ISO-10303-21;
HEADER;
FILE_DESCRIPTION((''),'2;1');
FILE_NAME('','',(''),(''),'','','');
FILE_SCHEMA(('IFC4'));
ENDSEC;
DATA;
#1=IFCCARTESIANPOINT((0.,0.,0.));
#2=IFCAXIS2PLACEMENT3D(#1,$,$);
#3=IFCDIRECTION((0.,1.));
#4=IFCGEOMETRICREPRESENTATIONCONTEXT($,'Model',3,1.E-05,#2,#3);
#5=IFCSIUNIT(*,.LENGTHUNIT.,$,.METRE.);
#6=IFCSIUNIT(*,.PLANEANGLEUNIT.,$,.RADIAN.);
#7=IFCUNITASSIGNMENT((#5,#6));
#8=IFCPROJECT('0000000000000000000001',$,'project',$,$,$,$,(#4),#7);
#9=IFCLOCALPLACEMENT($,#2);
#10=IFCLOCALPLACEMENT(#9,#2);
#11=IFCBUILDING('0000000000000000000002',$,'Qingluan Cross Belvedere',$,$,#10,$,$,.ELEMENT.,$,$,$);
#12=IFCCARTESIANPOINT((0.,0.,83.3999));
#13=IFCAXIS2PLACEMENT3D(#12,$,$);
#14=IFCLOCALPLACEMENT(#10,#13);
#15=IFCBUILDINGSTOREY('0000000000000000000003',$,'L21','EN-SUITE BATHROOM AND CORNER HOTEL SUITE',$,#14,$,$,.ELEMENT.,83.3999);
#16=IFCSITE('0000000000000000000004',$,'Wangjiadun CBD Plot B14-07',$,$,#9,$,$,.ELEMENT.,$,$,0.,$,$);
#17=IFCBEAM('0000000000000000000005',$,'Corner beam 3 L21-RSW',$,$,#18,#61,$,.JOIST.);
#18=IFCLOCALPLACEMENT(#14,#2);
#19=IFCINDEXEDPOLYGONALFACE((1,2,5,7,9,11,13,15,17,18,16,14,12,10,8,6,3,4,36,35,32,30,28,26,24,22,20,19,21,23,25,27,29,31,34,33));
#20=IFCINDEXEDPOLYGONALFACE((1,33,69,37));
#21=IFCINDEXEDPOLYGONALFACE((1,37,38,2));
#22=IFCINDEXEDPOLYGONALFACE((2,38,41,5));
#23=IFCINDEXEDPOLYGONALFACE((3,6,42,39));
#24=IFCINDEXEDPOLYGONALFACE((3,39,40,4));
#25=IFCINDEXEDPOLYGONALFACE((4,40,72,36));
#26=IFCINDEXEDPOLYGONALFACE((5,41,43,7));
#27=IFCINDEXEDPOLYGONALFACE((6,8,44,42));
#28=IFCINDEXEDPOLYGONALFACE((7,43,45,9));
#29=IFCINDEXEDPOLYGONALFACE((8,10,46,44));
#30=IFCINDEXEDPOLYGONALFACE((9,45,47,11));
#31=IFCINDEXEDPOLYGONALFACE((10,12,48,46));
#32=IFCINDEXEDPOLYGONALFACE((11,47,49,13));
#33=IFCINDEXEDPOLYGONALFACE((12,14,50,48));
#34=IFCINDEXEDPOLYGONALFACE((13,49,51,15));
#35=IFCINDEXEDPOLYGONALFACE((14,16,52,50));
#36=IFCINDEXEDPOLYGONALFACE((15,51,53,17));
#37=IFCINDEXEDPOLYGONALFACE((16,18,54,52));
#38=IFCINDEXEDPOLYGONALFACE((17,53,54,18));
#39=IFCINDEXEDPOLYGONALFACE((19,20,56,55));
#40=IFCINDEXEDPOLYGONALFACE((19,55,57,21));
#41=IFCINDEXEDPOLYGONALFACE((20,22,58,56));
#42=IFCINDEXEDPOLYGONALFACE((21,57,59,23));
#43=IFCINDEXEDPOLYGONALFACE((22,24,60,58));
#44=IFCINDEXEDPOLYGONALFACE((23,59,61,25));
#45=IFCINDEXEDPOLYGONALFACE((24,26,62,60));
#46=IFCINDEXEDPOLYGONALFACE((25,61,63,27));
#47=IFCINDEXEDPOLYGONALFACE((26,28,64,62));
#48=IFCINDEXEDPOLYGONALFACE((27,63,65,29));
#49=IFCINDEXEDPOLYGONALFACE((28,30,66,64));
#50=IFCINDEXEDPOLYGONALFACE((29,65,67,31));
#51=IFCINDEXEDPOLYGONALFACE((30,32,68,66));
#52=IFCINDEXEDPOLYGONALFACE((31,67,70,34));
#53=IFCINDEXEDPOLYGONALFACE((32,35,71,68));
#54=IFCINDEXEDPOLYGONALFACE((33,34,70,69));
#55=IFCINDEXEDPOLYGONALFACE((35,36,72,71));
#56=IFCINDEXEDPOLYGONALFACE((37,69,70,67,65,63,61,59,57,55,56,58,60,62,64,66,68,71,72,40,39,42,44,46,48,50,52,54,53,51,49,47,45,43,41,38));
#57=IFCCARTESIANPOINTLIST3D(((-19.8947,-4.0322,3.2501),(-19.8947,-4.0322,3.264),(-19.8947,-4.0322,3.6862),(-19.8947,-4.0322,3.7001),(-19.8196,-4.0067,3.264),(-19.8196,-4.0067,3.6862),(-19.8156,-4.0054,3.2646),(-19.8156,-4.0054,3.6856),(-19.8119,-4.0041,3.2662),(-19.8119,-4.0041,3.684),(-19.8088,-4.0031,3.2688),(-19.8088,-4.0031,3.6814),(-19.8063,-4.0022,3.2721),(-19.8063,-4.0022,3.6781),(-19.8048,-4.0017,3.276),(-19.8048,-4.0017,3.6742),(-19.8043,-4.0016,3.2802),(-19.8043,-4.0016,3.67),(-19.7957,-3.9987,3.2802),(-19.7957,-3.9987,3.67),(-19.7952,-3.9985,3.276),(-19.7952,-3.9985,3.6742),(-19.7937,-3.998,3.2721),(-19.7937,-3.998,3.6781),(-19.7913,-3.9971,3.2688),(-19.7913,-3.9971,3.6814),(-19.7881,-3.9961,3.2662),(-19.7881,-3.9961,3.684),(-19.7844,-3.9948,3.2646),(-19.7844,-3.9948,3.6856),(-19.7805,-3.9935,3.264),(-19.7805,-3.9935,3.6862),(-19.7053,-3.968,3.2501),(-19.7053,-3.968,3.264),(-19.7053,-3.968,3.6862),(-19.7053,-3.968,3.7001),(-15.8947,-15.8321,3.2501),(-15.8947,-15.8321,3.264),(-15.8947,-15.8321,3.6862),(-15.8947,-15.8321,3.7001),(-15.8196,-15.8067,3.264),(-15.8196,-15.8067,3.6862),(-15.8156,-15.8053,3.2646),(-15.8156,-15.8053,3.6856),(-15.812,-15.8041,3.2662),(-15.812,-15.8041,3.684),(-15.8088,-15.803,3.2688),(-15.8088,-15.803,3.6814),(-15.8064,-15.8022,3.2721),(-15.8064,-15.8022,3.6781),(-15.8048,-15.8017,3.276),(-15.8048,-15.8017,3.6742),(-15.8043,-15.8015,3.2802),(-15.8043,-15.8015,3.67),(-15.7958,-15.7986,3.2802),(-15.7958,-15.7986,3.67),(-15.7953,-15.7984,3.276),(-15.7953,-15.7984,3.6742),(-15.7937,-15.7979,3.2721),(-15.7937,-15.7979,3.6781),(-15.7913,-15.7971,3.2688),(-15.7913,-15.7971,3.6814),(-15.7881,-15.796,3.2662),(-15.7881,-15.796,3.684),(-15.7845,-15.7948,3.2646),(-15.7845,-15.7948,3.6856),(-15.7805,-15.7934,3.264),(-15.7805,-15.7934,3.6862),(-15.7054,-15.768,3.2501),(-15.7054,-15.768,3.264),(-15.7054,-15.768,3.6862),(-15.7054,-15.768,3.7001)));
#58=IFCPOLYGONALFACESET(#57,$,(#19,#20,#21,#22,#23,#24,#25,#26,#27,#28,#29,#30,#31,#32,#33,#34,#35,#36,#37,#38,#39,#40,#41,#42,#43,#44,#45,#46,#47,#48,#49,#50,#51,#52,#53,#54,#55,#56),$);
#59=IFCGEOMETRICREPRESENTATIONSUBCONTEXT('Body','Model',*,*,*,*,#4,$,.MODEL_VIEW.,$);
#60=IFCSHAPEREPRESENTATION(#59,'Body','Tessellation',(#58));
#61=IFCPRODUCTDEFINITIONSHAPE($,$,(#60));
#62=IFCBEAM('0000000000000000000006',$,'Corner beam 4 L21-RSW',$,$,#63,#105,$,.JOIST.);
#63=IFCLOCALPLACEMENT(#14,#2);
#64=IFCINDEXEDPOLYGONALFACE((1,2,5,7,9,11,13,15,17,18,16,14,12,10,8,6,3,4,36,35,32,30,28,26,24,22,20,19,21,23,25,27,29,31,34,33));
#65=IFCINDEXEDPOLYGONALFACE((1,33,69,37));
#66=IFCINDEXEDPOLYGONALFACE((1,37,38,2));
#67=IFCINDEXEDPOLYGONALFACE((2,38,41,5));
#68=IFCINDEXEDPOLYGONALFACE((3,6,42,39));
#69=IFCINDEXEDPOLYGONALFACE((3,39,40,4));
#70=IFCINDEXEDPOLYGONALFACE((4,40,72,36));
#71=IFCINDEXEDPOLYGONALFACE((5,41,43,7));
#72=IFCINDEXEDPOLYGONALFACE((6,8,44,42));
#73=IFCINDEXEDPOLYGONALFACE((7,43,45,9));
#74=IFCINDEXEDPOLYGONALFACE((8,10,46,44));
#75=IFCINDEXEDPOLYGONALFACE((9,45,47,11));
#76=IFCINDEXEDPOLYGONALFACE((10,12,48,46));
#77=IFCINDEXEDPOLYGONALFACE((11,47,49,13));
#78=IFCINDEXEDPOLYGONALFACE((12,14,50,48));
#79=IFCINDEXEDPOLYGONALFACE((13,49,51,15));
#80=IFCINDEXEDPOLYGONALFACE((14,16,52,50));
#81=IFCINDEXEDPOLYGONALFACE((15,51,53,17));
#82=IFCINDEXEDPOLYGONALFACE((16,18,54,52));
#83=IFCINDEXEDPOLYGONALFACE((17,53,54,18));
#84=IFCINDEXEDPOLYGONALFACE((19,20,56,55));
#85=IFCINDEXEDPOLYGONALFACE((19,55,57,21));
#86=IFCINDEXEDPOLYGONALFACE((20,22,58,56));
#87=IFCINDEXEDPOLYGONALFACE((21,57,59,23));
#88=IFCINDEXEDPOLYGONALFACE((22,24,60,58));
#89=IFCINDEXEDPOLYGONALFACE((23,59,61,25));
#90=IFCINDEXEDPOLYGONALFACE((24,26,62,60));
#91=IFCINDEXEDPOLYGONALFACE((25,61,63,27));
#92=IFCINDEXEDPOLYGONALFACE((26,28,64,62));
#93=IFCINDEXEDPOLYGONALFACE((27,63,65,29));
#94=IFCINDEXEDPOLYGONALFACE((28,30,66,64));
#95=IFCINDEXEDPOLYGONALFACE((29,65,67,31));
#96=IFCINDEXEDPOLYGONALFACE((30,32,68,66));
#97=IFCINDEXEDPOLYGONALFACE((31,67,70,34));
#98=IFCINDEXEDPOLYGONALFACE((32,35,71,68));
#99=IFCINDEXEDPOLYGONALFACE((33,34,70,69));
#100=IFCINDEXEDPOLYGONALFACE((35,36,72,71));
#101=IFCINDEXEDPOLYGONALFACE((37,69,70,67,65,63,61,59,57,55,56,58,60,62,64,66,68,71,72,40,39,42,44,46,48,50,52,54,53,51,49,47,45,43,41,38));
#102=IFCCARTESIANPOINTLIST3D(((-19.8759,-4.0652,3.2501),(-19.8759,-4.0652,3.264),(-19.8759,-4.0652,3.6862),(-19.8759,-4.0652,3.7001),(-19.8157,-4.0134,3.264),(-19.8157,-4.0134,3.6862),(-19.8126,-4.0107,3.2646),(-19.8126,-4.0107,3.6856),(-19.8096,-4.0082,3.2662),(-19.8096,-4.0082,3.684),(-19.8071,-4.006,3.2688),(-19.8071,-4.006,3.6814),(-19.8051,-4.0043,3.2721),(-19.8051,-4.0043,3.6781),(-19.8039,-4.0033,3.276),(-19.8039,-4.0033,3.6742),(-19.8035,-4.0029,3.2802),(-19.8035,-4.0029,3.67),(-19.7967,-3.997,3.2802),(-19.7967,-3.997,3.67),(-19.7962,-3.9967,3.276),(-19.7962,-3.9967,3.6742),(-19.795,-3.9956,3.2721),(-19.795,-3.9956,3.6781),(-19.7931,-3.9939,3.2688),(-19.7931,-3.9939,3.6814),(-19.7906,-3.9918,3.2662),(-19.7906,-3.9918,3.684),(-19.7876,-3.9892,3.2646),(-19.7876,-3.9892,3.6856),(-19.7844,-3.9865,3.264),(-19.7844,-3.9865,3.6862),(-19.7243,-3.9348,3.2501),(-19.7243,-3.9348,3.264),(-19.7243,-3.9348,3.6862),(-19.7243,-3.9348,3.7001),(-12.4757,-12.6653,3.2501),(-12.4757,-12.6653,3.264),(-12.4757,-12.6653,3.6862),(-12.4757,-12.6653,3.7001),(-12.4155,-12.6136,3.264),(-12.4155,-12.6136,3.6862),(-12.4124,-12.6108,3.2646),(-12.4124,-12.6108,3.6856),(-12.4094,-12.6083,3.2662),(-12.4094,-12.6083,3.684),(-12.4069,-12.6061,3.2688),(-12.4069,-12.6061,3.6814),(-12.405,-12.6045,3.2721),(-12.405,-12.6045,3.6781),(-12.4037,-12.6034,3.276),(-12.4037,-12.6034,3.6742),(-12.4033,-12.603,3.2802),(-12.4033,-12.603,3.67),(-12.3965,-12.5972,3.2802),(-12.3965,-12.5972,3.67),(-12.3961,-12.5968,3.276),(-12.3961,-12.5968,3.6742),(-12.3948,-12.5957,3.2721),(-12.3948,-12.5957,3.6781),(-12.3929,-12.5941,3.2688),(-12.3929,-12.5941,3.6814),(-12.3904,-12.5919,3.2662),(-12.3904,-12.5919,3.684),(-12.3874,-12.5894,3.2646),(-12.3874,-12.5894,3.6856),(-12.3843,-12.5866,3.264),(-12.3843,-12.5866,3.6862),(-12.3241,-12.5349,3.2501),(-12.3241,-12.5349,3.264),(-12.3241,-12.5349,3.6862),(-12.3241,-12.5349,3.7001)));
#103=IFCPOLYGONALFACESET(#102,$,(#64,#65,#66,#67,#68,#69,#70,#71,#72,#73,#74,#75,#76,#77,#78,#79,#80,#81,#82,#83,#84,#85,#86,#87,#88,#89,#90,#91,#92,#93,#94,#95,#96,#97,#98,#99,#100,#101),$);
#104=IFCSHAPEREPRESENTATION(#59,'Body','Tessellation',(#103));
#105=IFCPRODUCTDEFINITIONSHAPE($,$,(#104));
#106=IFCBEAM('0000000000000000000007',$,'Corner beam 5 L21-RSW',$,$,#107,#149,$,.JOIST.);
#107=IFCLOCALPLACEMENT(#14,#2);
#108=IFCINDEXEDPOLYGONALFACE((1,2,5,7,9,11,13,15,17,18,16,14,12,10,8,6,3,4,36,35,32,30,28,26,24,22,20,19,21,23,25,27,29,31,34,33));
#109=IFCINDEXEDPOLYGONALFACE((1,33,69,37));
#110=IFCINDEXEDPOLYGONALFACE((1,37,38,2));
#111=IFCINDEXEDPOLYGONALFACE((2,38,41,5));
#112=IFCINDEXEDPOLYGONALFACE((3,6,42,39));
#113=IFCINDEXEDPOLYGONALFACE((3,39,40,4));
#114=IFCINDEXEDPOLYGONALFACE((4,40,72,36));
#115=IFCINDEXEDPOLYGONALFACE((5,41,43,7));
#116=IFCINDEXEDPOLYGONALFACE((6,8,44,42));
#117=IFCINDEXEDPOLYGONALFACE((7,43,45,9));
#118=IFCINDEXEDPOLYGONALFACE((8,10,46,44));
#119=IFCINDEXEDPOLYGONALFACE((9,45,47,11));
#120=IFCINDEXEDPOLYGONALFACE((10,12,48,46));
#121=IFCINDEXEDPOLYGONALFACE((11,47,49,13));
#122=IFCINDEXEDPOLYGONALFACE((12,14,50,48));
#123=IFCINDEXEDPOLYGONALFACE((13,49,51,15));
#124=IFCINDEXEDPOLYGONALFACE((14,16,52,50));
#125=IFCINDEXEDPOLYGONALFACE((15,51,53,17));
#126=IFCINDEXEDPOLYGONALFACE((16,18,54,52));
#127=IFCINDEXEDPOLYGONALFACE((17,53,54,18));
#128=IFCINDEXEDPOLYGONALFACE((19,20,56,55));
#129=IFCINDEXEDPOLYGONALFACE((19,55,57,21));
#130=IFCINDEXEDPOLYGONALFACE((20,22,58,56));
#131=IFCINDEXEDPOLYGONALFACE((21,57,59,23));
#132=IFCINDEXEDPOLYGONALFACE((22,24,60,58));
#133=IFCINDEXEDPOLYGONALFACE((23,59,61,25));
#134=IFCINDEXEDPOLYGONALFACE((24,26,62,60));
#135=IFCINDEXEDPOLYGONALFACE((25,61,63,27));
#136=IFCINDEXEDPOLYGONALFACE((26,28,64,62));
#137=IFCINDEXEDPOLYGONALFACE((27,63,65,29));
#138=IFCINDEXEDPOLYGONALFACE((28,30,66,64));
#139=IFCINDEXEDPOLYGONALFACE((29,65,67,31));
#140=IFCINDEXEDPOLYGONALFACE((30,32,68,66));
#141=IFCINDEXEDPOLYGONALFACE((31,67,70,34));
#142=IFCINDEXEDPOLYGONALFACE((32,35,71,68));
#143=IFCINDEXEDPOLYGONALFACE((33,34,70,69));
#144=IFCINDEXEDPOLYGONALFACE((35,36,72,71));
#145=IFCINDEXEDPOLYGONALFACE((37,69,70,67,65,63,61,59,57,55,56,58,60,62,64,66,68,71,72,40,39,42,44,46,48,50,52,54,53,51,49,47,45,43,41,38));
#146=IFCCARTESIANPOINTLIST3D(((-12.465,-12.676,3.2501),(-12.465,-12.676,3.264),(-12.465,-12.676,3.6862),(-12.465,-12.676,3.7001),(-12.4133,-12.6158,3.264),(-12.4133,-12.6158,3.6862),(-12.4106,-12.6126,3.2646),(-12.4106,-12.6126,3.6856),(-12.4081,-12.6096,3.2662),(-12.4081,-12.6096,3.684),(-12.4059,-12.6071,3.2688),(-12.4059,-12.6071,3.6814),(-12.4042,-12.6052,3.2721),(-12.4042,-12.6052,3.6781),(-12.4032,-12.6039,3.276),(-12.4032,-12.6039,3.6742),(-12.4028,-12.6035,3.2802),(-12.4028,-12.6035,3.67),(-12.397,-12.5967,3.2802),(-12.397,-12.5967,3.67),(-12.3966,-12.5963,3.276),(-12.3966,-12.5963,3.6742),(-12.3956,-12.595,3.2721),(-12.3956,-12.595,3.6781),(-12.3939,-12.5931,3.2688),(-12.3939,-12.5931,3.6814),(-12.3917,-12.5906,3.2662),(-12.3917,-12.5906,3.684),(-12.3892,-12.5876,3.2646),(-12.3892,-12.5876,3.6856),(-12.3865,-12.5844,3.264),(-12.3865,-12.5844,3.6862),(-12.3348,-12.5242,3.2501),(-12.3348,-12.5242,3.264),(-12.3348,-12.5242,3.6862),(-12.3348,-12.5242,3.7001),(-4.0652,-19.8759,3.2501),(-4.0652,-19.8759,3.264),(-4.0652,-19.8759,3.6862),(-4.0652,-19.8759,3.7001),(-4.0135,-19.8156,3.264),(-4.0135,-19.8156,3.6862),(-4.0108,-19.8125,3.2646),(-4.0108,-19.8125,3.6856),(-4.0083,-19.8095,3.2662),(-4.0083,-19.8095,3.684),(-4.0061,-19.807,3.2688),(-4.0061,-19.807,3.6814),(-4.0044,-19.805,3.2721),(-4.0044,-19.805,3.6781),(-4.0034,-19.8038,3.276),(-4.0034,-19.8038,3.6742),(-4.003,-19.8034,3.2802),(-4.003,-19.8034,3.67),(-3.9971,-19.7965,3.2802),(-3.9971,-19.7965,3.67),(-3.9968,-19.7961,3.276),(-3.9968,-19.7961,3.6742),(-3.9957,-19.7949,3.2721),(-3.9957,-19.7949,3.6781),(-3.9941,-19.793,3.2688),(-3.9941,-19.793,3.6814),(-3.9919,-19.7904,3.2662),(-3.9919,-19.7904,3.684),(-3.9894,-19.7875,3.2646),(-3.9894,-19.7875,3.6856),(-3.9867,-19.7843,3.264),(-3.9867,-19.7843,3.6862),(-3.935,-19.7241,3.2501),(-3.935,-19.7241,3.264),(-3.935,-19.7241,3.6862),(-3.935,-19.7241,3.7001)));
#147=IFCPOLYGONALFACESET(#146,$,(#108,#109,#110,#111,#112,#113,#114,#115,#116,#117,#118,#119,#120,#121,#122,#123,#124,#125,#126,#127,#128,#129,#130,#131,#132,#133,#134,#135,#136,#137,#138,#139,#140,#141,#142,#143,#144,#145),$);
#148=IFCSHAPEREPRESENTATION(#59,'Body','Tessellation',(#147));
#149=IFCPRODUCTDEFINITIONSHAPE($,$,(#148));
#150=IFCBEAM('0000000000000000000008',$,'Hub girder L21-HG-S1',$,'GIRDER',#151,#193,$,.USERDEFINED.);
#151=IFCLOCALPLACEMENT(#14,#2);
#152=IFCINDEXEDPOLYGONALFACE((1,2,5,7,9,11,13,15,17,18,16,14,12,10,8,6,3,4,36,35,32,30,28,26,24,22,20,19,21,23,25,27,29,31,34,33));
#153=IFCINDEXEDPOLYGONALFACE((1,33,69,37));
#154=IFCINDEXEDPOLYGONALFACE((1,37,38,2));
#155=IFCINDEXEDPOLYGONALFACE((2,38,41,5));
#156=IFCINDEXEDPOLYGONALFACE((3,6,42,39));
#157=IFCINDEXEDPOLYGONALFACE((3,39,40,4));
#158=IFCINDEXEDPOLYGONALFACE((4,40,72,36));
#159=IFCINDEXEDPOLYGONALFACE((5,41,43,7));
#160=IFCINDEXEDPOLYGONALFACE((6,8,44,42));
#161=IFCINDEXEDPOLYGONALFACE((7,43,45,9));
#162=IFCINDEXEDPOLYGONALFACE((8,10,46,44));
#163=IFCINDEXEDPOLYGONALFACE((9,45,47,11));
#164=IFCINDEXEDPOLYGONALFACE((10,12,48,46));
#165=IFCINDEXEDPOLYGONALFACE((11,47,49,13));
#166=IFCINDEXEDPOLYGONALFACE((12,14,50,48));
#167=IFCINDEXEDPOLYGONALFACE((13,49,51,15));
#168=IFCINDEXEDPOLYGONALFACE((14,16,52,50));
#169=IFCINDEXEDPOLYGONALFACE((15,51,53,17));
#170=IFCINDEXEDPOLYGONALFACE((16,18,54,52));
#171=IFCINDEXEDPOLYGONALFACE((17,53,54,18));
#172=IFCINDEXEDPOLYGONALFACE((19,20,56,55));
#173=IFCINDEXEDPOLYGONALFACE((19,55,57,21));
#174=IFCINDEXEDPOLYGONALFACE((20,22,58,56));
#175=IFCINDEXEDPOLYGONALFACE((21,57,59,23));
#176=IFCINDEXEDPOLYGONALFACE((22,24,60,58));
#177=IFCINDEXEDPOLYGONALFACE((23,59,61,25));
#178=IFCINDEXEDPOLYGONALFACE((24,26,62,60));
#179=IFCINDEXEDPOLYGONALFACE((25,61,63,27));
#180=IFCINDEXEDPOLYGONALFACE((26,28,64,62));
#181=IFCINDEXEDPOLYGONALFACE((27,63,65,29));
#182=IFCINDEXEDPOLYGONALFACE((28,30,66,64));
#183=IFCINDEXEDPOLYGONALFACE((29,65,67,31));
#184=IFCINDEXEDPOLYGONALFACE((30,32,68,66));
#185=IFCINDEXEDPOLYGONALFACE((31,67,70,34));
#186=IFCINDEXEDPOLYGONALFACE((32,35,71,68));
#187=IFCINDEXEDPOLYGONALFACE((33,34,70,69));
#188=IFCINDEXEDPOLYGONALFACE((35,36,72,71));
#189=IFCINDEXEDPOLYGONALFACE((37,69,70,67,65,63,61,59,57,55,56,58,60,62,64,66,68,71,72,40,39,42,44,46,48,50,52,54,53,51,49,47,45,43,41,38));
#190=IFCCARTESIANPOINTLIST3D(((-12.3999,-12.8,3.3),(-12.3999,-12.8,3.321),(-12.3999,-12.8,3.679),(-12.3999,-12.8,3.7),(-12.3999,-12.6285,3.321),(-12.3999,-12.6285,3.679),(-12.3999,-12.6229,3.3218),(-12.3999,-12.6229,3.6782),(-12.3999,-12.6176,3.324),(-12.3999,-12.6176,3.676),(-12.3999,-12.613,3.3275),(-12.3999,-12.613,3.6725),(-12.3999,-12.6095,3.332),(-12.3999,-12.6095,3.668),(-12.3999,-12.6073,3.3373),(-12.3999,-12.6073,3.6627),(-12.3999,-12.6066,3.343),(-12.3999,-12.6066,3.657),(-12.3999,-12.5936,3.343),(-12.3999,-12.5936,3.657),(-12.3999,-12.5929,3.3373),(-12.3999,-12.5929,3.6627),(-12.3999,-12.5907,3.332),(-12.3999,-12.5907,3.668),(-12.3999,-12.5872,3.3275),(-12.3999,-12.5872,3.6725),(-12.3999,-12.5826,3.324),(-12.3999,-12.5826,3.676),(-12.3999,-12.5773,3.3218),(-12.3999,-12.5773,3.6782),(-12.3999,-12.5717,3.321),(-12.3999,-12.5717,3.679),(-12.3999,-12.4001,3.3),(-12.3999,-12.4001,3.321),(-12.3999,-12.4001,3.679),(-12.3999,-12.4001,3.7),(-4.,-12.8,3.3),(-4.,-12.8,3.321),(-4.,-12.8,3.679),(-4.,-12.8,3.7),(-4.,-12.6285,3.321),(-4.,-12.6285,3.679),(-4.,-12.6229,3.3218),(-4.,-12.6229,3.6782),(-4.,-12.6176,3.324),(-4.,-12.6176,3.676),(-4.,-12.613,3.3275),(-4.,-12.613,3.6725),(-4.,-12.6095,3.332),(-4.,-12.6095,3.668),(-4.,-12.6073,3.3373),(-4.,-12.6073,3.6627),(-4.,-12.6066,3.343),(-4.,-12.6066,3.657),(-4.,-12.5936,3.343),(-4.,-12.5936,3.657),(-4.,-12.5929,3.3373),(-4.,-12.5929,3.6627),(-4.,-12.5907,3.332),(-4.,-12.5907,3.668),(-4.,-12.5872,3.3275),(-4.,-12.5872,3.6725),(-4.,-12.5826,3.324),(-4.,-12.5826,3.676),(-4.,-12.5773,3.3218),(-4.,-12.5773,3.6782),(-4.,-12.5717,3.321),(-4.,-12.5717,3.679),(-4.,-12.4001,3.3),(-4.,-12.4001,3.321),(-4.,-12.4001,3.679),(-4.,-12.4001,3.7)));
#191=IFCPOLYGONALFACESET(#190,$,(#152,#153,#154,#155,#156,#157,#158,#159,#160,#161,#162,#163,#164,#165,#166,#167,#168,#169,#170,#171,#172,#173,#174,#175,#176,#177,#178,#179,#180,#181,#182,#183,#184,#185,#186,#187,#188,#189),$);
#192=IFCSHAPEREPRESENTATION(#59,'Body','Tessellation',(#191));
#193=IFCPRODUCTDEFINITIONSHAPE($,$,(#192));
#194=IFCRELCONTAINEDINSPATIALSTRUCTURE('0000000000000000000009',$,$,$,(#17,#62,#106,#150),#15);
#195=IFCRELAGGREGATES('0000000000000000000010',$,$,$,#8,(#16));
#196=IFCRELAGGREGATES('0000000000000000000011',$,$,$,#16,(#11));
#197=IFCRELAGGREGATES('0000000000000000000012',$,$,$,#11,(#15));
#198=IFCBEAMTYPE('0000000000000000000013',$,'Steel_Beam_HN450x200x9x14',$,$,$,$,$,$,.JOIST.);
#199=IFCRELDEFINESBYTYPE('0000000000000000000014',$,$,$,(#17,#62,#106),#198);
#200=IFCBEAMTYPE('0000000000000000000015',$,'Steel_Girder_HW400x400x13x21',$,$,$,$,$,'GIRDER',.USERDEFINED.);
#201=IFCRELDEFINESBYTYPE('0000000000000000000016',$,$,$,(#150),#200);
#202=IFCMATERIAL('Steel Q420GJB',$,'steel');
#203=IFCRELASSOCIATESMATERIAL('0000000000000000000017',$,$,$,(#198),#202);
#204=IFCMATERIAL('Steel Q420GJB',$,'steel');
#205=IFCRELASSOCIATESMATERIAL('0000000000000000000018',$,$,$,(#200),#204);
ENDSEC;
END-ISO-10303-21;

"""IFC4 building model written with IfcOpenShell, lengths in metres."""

from ifc_helpers import new_model, si_unit, direction, frame, origin, origin_2d, place, context, subcontext, project, spatial, i_section, extrude, material, material_profile, profile_set, type_object, element, save


model = new_model("IFC4")

# Units and contexts
model_context = context("Model", 3, precision=1e-05, world=origin(), true_north=direction((0.0, 1.0)))
body_context = subcontext(model_context, "Body", "Model", "MODEL_VIEW")
ifc_project = project(units=[si_unit("LENGTHUNIT", "METRE"), si_unit("PLANEANGLEUNIT", "RADIAN")], contexts=[model_context])

# Site, building, storey
site_placement = place(None, origin())
site = spatial("IfcSite", under=ifc_project, at=site_placement, Name="Wangjiadun CBD Plot B14-07", CompositionType="ELEMENT", RefElevation=0.0)
building_placement = place(site_placement, origin())
building = spatial("IfcBuilding", under=site, at=building_placement, Name="Qingluan Cross Belvedere", CompositionType="ELEMENT")
storey_placement = place(building_placement, frame((0.0, 0.0, 83.3999)))
storey = spatial("IfcBuildingStorey", under=building, at=storey_placement, Name="L21", Description="EN-SUITE BATHROOM AND CORNER HOTEL SUITE", CompositionType="ELEMENT", Elevation=83.3999)

# Beams
ifc_material_1 = material(Name="Steel Q420GJB", Category="steel")
ifc_material_profile_1 = material_profile(ifc_material_1, i_section(OverallWidth=0.2, OverallDepth=0.45, WebThickness=0.009, FlangeThickness=0.0139, FilletRadius=0.0161, at=origin_2d()), Name="HN450x200x9x14")
ifc_profile_set_1 = profile_set([ifc_material_profile_1], Name="Steel Q420GJB")
beam_type_1 = type_object("IfcBeamType", Name="Steel_Beam_HN450x200x9x14", PredefinedType="JOIST", material=ifc_profile_set_1)
for number, where, z_axis, x_axis, name in (
    (1, (-15.8, -15.8, 3.4751), (-0.321038, 0.947066, 0.0), (-0.947066, -0.321038, 0.0), "Corner beam 3 L21-RSW"),
):
    element("IfcBeam", number, at=place(storey_placement, frame(where, z_axis=z_axis, x_axis=x_axis)), inside=storey, type_object=beam_type_1, Name=name, PredefinedType="JOIST", context=body_context, shape_type="SweptSolid", body=[
        extrude(i_section(OverallWidth=0.2, OverallDepth=0.45, WebThickness=0.009, FlangeThickness=0.0139, FilletRadius=0.0161, at=origin_2d()), origin(), (0.0, 0.0, 1.0), 12.4595),
    ])
beam_1_placement = place(storey_placement, frame((-12.3999, -12.6001, 3.4751), z_axis=(-0.652245, 0.758008, 0.0), x_axis=(-0.758008, -0.652245, 0.0)))
element("IfcBeam", 2, at=beam_1_placement, inside=storey, type_object=beam_type_1, Name="Corner beam 4 L21-RSW", PredefinedType="JOIST", context=body_context, shape_type="SweptSolid", body=[
    extrude(i_section(OverallWidth=0.2, OverallDepth=0.45, WebThickness=0.009, FlangeThickness=0.0139, FilletRadius=0.0161, at=origin_2d()), origin(), (0.0, 0.0, 1.0), 11.3457),
])
beam_2_placement = place(storey_placement, frame((-12.3999, -12.6001, 3.4751), z_axis=(0.759255, -0.650793, 0.0), x_axis=(0.650793, 0.759255, 0.0)))
element("IfcBeam", 3, at=beam_2_placement, inside=storey, type_object=beam_type_1, Name="Corner beam 5 L21-RSW", PredefinedType="JOIST", context=body_context, shape_type="SweptSolid", body=[
    extrude(i_section(OverallWidth=0.2, OverallDepth=0.45, WebThickness=0.009, FlangeThickness=0.0139, FilletRadius=0.0161, at=origin_2d()), origin(), (0.0, 0.0, 1.0), 11.0632),
])
ifc_material_2 = material(Name="Steel Q420GJB", Category="steel")
ifc_material_profile_2 = material_profile(ifc_material_2, i_section(OverallWidth=0.3999, OverallDepth=0.3999, WebThickness=0.0129, FlangeThickness=0.021, FilletRadius=0.022, at=origin_2d()), Name="HW400x400x13x21")
ifc_profile_set_2 = profile_set([ifc_material_profile_2], Name="Steel Q420GJB")
beam_type_2 = type_object("IfcBeamType", Name="Steel_Girder_HW400x400x13x21", ElementType="GIRDER", PredefinedType="USERDEFINED", material=ifc_profile_set_2)
beam_3_placement = place(storey_placement, frame((-12.3999, -12.6001, 3.5), z_axis=(1.0, 0.0, 0.0), x_axis=(0.0, 1.0, 0.0)))
element("IfcBeam", 4, at=beam_3_placement, inside=storey, type_object=beam_type_2, Name="Hub girder L21-HG-S1", ObjectType="GIRDER", PredefinedType="USERDEFINED", context=body_context, shape_type="SweptSolid", body=[
    extrude(i_section(OverallWidth=0.3999, OverallDepth=0.3999, WebThickness=0.0129, FlangeThickness=0.021, FilletRadius=0.022, at=origin_2d()), origin(), (0.0, 0.0, 1.0), 8.3999),
])

save(model, "model.ifc")
